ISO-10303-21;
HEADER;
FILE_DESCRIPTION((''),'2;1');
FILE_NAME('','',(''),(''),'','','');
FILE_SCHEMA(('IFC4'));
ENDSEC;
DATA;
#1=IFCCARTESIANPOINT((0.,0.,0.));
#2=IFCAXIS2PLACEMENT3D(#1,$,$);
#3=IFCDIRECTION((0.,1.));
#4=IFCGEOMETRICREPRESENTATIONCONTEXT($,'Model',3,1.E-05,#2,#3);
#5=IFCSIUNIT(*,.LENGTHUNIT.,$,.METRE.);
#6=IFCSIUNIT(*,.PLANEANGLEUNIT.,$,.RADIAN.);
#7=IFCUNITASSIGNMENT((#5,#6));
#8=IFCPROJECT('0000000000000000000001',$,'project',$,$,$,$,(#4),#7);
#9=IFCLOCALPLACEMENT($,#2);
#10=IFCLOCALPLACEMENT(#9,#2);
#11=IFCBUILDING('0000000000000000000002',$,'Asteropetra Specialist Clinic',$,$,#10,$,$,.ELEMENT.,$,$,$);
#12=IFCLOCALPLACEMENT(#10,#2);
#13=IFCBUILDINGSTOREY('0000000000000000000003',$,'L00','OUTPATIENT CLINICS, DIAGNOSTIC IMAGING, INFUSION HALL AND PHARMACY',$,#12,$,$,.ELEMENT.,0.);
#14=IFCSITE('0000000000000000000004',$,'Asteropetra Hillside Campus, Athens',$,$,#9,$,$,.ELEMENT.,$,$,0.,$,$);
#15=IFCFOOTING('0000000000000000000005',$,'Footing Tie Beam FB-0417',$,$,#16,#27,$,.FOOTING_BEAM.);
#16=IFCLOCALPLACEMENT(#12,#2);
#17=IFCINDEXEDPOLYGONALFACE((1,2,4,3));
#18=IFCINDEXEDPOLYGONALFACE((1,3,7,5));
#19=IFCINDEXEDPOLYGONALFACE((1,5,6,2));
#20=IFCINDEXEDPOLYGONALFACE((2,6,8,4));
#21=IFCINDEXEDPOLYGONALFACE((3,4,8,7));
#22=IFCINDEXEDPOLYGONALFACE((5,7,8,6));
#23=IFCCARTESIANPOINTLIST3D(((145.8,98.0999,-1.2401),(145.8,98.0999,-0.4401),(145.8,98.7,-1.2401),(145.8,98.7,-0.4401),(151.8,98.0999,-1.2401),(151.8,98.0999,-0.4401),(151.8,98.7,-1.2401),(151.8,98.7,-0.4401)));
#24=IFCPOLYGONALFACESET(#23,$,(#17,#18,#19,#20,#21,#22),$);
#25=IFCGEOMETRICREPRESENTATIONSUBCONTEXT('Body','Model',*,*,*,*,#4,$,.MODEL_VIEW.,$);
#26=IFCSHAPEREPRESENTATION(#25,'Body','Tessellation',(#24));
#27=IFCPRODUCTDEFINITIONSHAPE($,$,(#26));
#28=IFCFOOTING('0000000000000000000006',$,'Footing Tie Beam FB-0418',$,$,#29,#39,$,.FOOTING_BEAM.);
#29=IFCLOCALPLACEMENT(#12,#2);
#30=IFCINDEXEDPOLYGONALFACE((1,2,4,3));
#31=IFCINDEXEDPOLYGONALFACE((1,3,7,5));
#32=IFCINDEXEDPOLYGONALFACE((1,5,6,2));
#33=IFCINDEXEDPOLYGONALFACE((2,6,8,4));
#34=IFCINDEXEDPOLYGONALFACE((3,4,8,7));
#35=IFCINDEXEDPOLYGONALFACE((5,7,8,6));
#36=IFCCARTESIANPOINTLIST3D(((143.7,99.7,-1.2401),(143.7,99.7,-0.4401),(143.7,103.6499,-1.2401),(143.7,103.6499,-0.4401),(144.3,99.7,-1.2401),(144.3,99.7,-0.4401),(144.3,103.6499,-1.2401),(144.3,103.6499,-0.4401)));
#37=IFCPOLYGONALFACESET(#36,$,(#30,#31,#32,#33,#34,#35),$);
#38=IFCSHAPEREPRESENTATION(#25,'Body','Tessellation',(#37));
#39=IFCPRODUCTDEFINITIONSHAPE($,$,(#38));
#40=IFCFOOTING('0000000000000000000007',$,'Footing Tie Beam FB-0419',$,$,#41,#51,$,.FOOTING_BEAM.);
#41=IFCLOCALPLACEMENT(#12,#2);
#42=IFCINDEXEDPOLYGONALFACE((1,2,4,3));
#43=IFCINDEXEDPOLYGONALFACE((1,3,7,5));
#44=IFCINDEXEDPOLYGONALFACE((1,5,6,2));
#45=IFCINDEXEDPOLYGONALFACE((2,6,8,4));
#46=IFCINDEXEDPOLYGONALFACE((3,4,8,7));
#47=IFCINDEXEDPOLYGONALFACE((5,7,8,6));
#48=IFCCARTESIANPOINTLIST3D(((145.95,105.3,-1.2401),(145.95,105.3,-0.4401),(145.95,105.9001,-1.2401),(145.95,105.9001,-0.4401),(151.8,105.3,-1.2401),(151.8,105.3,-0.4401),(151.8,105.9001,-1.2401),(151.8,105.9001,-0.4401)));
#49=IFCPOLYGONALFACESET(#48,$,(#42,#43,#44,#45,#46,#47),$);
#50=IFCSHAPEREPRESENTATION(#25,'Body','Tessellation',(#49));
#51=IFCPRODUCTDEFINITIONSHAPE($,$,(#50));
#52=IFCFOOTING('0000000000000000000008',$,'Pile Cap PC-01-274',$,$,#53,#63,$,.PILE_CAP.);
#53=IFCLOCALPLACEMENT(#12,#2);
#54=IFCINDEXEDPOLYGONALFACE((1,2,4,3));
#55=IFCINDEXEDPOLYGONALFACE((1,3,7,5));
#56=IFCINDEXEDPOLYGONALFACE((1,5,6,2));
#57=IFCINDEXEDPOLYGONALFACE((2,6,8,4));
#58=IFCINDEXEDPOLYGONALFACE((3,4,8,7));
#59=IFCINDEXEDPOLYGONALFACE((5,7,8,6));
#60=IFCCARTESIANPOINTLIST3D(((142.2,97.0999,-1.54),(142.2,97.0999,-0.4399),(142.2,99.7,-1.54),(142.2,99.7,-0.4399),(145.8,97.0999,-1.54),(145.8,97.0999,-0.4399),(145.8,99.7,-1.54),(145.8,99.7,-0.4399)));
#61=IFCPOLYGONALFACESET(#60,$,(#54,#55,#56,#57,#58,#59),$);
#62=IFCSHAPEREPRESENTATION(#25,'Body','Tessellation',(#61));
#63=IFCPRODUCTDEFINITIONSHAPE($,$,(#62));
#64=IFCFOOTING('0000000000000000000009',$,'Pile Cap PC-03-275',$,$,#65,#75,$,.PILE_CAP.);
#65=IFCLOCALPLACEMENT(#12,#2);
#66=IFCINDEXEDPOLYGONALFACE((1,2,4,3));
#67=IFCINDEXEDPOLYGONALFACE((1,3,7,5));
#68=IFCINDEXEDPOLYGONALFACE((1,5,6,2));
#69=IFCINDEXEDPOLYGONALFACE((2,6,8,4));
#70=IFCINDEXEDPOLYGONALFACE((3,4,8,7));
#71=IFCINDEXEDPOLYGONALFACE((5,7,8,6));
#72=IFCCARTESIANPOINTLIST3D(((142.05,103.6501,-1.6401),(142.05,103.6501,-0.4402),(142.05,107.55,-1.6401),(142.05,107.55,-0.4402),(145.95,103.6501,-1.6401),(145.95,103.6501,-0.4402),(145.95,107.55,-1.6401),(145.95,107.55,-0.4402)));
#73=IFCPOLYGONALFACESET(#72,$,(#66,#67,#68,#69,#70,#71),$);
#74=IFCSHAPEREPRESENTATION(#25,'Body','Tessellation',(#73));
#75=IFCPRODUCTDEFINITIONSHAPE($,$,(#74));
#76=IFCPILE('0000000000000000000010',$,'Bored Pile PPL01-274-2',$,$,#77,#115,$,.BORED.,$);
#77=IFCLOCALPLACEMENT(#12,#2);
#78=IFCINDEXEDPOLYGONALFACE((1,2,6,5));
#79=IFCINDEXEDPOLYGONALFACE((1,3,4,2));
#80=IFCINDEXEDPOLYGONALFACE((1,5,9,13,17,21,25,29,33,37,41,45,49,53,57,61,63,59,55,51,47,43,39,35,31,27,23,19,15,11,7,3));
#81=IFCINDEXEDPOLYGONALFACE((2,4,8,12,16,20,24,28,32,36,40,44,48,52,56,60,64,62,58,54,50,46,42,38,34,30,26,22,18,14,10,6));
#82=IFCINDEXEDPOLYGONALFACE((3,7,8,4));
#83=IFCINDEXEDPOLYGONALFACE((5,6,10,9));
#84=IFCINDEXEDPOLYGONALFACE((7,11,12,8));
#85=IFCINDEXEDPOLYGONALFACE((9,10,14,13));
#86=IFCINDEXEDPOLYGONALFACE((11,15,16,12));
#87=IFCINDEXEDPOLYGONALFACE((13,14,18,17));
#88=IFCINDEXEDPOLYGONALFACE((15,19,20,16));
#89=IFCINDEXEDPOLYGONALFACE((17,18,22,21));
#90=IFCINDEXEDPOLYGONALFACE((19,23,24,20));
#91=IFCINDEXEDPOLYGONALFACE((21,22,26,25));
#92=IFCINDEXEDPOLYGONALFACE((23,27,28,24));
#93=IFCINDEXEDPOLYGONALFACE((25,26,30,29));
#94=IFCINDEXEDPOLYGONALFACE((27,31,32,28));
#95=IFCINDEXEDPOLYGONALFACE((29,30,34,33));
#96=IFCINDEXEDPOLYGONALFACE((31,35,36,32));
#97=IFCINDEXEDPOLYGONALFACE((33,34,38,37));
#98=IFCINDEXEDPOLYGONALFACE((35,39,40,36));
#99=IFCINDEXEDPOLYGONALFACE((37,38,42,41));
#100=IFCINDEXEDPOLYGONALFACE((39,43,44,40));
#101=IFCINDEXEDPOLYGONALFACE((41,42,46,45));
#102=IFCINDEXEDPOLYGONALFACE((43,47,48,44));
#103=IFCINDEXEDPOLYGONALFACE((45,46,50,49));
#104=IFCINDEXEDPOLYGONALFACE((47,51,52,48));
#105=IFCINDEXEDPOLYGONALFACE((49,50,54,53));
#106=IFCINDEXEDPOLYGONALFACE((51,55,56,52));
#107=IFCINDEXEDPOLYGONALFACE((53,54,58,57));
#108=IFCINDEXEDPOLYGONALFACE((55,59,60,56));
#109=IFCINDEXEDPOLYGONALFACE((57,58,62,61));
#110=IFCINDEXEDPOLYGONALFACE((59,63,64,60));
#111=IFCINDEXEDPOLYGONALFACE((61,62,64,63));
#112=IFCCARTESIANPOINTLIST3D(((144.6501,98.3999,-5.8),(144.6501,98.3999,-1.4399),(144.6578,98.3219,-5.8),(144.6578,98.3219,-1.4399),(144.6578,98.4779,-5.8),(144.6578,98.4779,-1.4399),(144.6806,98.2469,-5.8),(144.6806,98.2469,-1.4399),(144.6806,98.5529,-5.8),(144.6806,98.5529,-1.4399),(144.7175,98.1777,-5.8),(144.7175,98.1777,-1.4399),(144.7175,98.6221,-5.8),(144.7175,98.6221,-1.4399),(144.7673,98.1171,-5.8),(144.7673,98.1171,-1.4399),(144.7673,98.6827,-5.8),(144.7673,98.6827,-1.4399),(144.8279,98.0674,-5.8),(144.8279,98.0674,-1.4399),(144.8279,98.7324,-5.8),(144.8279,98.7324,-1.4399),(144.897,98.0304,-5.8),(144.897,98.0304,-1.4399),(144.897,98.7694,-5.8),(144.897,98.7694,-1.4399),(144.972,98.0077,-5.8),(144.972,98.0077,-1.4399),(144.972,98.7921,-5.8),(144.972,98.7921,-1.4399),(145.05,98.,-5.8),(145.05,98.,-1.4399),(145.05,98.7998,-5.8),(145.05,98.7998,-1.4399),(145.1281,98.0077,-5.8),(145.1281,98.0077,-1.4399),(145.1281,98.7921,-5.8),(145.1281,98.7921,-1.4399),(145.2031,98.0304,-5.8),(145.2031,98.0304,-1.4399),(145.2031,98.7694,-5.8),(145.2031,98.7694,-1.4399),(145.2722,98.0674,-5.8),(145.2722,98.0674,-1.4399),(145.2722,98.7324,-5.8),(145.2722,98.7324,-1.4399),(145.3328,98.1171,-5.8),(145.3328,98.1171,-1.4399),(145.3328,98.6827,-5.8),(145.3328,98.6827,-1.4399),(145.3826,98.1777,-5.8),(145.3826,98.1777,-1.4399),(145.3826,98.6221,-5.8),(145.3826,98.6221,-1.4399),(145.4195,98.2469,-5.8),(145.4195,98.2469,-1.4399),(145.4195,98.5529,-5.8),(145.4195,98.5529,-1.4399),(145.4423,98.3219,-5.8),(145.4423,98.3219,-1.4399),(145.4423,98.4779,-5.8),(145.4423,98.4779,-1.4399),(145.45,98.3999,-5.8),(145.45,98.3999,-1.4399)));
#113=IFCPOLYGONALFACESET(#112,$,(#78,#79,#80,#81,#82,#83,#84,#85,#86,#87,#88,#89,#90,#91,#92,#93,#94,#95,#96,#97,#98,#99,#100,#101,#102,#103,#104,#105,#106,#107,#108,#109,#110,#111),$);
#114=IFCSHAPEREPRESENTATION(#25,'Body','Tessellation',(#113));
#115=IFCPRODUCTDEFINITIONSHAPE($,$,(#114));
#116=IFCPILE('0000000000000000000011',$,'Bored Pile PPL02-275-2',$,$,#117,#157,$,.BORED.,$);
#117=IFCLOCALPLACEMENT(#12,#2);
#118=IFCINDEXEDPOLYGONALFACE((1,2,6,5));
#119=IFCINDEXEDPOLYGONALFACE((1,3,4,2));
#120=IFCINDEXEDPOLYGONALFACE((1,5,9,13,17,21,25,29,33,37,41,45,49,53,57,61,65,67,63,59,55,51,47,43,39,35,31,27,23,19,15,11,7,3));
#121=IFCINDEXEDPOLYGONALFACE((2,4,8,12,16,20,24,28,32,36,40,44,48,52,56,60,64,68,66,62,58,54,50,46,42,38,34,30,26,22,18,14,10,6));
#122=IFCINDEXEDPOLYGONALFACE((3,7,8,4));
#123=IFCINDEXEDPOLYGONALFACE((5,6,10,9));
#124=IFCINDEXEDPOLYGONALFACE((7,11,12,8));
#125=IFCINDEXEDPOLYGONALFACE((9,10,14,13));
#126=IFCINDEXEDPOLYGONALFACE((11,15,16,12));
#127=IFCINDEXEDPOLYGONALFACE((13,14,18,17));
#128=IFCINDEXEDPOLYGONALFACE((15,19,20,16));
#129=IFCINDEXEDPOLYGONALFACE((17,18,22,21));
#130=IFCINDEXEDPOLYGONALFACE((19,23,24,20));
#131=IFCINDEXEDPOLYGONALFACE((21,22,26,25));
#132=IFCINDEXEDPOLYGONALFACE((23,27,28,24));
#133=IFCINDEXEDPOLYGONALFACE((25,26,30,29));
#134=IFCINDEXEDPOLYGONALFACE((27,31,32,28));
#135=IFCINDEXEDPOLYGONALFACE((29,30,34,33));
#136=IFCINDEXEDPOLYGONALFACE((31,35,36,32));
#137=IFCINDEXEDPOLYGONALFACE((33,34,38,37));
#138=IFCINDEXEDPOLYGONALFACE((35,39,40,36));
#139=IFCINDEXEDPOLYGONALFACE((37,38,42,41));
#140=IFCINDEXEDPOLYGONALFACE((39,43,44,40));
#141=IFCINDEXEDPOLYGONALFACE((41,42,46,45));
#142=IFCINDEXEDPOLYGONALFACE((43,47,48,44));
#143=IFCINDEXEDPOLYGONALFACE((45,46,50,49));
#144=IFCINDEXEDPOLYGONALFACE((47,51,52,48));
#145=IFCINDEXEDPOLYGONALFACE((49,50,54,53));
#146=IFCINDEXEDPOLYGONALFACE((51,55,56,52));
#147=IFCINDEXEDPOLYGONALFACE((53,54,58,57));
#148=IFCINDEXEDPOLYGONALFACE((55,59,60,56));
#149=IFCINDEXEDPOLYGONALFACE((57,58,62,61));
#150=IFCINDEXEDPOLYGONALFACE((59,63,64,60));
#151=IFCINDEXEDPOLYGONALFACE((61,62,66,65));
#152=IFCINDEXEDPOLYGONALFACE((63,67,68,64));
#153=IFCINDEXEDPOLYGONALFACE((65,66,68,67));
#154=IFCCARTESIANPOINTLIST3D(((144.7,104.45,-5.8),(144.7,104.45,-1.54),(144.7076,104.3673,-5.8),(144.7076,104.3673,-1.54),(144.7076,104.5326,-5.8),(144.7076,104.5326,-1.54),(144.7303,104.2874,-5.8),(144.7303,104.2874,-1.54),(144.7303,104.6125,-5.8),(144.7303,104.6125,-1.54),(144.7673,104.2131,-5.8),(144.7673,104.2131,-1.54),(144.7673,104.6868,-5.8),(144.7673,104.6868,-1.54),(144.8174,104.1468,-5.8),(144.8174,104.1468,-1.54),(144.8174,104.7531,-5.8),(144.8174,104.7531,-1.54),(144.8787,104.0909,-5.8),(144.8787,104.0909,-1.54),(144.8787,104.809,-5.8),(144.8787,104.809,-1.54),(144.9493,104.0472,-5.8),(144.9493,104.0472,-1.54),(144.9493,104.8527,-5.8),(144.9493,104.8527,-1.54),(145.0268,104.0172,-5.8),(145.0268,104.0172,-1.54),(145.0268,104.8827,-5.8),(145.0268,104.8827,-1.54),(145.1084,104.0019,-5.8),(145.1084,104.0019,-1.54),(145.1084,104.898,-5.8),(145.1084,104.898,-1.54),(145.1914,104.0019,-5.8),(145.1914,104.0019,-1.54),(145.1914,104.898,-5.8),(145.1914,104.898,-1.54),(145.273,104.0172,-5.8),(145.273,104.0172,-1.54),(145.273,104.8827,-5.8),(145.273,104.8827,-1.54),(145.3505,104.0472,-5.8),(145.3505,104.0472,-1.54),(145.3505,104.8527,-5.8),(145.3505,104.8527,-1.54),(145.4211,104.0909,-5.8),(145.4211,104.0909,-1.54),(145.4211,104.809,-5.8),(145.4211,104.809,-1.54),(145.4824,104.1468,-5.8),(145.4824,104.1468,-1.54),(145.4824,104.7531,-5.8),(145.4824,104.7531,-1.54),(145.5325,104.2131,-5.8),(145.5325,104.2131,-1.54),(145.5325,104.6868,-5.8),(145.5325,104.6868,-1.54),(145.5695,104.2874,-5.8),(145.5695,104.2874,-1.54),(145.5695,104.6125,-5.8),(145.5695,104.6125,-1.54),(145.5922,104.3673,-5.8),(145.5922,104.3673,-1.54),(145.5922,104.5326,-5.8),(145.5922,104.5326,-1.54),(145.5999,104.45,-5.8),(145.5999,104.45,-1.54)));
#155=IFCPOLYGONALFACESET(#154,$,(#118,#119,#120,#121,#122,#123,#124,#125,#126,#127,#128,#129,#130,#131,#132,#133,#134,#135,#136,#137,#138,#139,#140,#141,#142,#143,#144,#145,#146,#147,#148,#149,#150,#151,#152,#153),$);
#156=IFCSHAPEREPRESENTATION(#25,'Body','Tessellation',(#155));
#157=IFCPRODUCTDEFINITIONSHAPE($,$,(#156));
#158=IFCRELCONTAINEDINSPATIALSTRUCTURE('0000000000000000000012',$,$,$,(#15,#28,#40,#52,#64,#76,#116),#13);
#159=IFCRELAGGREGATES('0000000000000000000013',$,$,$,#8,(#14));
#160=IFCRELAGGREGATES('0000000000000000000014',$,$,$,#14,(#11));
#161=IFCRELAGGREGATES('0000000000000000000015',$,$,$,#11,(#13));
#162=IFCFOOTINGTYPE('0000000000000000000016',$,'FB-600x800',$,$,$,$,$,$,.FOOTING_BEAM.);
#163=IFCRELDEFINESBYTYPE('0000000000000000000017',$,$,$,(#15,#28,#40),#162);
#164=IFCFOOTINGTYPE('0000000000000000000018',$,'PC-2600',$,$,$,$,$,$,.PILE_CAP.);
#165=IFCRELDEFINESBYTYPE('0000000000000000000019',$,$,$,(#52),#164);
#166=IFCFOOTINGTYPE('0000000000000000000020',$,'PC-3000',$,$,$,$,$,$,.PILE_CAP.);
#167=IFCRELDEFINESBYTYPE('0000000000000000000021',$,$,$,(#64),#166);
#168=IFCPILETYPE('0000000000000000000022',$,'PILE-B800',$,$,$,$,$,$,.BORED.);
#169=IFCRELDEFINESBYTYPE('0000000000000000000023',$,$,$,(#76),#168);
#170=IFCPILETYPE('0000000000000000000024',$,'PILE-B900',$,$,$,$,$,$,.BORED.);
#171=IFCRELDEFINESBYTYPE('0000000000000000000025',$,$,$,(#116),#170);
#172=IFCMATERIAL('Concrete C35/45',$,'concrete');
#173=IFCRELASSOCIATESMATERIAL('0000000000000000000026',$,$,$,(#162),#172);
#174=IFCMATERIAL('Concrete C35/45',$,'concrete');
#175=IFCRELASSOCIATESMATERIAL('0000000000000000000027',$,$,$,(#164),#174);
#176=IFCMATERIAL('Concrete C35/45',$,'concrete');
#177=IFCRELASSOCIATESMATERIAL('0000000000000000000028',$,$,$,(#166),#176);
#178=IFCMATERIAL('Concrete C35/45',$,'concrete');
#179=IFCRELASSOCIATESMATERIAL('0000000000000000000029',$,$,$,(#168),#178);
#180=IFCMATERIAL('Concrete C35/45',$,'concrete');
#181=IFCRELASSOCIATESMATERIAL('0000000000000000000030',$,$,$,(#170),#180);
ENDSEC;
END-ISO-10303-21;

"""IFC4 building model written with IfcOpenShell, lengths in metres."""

from ifc_helpers import new_model, si_unit, direction, frame, origin, origin_2d, place, context, subcontext, project, spatial, rectangle, circle, extrude, material, material_profile, profile_set, type_object, element, save


model = new_model("IFC4")

# Units and contexts
model_context = context("Model", 3, precision=1e-05, world=origin(), true_north=direction((0.0, 1.0)))
body_context = subcontext(model_context, "Body", "Model", "MODEL_VIEW")
ifc_project = project(units=[si_unit("LENGTHUNIT", "METRE"), si_unit("PLANEANGLEUNIT", "RADIAN")], contexts=[model_context])

# Site, building, storey
site_placement = place(None, origin())
site = spatial("IfcSite", under=ifc_project, at=site_placement, Name="Asteropetra Hillside Campus, Athens", CompositionType="ELEMENT", RefElevation=0.0)
building_placement = place(site_placement, origin())
building = spatial("IfcBuilding", under=site, at=building_placement, Name="Asteropetra Specialist Clinic", CompositionType="ELEMENT")
storey_placement = place(building_placement, origin())
storey = spatial("IfcBuildingStorey", under=building, at=storey_placement, Name="L00", Description="OUTPATIENT CLINICS, DIAGNOSTIC IMAGING, INFUSION HALL AND PHARMACY", CompositionType="ELEMENT", Elevation=0.0)

# Footings
ifc_material_1 = material(Name="Concrete C35/45", Category="concrete")
ifc_material_profile_1 = material_profile(ifc_material_1, rectangle(XDim=0.6001, YDim=0.8, at=origin_2d()), Name="FB 600x800")
ifc_profile_set_1 = profile_set([ifc_material_profile_1], Name="Concrete C35/45")
footing_type_1 = type_object("IfcFootingType", Name="FB-600x800", PredefinedType="FOOTING_BEAM", material=ifc_profile_set_1)
footing_1_placement = place(storey_placement, frame((145.8, 98.3999, -0.8401), z_axis=(1.0, 0.0, 0.0), x_axis=(0.0, 1.0, 0.0)))
element("IfcFooting", 1, at=footing_1_placement, inside=storey, type_object=footing_type_1, Name="Footing Tie Beam FB-0417", PredefinedType="FOOTING_BEAM", context=body_context, shape_type="SweptSolid", body=[
    extrude(rectangle(XDim=0.6001, YDim=0.8, at=origin_2d()), origin(), (0.0, 0.0, 1.0), 6.0),
])
footing_2_placement = place(storey_placement, frame((144.0, 99.7, -0.8401), z_axis=(0.0, 1.0, 0.0), x_axis=(-1.0, 0.0, 0.0)))
element("IfcFooting", 2, at=footing_2_placement, inside=storey, type_object=footing_type_1, Name="Footing Tie Beam FB-0418", PredefinedType="FOOTING_BEAM", context=body_context, shape_type="SweptSolid", body=[
    extrude(rectangle(XDim=0.6001, YDim=0.8, at=origin_2d()), origin(), (0.0, 0.0, 1.0), 3.95),
])
footing_3_placement = place(storey_placement, frame((145.95, 105.6001, -0.8401), z_axis=(1.0, 0.0, 0.0), x_axis=(0.0, 1.0, 0.0)))
element("IfcFooting", 3, at=footing_3_placement, inside=storey, type_object=footing_type_1, Name="Footing Tie Beam FB-0419", PredefinedType="FOOTING_BEAM", context=body_context, shape_type="SweptSolid", body=[
    extrude(rectangle(XDim=0.6001, YDim=0.8, at=origin_2d()), origin(), (0.0, 0.0, 1.0), 5.8501),
])
ifc_material_2 = material(Name="Concrete C35/45", Category="concrete")
footing_type_2 = type_object("IfcFootingType", Name="PC-2600", PredefinedType="PILE_CAP", material=ifc_material_2)
footing_4_placement = place(storey_placement, frame((144.0, 98.3999, -1.54), z_axis=(0.0, 0.0, 1.0), x_axis=(1.0, 0.0, 0.0)))
element("IfcFooting", 4, at=footing_4_placement, inside=storey, type_object=footing_type_2, Name="Pile Cap PC-01-274", PredefinedType="PILE_CAP", context=body_context, shape_type="SweptSolid", body=[
    extrude(rectangle(XDim=3.6001, YDim=2.6001, at=origin_2d()), origin(), (0.0, 0.0, 1.0), 1.1001),
])
ifc_material_3 = material(Name="Concrete C35/45", Category="concrete")
footing_type_3 = type_object("IfcFootingType", Name="PC-3000", PredefinedType="PILE_CAP", material=ifc_material_3)
footing_5_placement = place(storey_placement, frame((144.0, 105.6001, -1.6401), z_axis=(0.0, 0.0, 1.0), x_axis=(1.0, 0.0, 0.0)))
element("IfcFooting", 5, at=footing_5_placement, inside=storey, type_object=footing_type_3, Name="Pile Cap PC-03-275", PredefinedType="PILE_CAP", context=body_context, shape_type="SweptSolid", body=[
    extrude(rectangle(XDim=3.8999, YDim=3.8999, at=origin_2d()), origin(), (0.0, 0.0, 1.0), 1.2),
])

# Piles
ifc_material_4 = material(Name="Concrete C35/45", Category="concrete")
ifc_material_profile_2 = material_profile(ifc_material_4, circle(Radius=0.3999, at=origin_2d()), Name="PILE D800")
ifc_profile_set_2 = profile_set([ifc_material_profile_2], Name="Concrete C35/45")
pile_type_1 = type_object("IfcPileType", Name="PILE-B800", PredefinedType="BORED", material=ifc_profile_set_2)
pile_placement = place(storey_placement, frame((145.05, 98.3999, -1.4399), z_axis=(0.0, 0.0, -1.0), x_axis=(1.0, 0.0, 0.0)))
element("IfcPile", 6, at=pile_placement, inside=storey, type_object=pile_type_1, Name="Bored Pile PPL01-274-2", PredefinedType="BORED", context=body_context, shape_type="SweptSolid", body=[
    extrude(circle(Radius=0.3999, at=origin_2d()), origin(), (0.0, 0.0, 1.0), 4.3601),
])
ifc_material_5 = material(Name="Concrete C35/45", Category="concrete")
ifc_material_profile_3 = material_profile(ifc_material_5, circle(Radius=0.45, at=origin_2d()), Name="PILE D900")
ifc_profile_set_3 = profile_set([ifc_material_profile_3], Name="Concrete C35/45")
pile_type_2 = type_object("IfcPileType", Name="PILE-B900", PredefinedType="BORED", material=ifc_profile_set_3)
for number, where, z_axis, x_axis, name in (
    (7, (145.1499, 104.45, -1.54), (0.0, 0.0, -1.0), (1.0, 0.0, 0.0), "Bored Pile PPL02-275-2"),
):
    element("IfcPile", number, at=place(storey_placement, frame(where, z_axis=z_axis, x_axis=x_axis)), inside=storey, type_object=pile_type_2, Name=name, PredefinedType="BORED", context=body_context, shape_type="SweptSolid", body=[
        extrude(circle(Radius=0.45, at=origin_2d()), origin(), (0.0, 0.0, 1.0), 4.26),
    ])

save(model, "model.ifc")
